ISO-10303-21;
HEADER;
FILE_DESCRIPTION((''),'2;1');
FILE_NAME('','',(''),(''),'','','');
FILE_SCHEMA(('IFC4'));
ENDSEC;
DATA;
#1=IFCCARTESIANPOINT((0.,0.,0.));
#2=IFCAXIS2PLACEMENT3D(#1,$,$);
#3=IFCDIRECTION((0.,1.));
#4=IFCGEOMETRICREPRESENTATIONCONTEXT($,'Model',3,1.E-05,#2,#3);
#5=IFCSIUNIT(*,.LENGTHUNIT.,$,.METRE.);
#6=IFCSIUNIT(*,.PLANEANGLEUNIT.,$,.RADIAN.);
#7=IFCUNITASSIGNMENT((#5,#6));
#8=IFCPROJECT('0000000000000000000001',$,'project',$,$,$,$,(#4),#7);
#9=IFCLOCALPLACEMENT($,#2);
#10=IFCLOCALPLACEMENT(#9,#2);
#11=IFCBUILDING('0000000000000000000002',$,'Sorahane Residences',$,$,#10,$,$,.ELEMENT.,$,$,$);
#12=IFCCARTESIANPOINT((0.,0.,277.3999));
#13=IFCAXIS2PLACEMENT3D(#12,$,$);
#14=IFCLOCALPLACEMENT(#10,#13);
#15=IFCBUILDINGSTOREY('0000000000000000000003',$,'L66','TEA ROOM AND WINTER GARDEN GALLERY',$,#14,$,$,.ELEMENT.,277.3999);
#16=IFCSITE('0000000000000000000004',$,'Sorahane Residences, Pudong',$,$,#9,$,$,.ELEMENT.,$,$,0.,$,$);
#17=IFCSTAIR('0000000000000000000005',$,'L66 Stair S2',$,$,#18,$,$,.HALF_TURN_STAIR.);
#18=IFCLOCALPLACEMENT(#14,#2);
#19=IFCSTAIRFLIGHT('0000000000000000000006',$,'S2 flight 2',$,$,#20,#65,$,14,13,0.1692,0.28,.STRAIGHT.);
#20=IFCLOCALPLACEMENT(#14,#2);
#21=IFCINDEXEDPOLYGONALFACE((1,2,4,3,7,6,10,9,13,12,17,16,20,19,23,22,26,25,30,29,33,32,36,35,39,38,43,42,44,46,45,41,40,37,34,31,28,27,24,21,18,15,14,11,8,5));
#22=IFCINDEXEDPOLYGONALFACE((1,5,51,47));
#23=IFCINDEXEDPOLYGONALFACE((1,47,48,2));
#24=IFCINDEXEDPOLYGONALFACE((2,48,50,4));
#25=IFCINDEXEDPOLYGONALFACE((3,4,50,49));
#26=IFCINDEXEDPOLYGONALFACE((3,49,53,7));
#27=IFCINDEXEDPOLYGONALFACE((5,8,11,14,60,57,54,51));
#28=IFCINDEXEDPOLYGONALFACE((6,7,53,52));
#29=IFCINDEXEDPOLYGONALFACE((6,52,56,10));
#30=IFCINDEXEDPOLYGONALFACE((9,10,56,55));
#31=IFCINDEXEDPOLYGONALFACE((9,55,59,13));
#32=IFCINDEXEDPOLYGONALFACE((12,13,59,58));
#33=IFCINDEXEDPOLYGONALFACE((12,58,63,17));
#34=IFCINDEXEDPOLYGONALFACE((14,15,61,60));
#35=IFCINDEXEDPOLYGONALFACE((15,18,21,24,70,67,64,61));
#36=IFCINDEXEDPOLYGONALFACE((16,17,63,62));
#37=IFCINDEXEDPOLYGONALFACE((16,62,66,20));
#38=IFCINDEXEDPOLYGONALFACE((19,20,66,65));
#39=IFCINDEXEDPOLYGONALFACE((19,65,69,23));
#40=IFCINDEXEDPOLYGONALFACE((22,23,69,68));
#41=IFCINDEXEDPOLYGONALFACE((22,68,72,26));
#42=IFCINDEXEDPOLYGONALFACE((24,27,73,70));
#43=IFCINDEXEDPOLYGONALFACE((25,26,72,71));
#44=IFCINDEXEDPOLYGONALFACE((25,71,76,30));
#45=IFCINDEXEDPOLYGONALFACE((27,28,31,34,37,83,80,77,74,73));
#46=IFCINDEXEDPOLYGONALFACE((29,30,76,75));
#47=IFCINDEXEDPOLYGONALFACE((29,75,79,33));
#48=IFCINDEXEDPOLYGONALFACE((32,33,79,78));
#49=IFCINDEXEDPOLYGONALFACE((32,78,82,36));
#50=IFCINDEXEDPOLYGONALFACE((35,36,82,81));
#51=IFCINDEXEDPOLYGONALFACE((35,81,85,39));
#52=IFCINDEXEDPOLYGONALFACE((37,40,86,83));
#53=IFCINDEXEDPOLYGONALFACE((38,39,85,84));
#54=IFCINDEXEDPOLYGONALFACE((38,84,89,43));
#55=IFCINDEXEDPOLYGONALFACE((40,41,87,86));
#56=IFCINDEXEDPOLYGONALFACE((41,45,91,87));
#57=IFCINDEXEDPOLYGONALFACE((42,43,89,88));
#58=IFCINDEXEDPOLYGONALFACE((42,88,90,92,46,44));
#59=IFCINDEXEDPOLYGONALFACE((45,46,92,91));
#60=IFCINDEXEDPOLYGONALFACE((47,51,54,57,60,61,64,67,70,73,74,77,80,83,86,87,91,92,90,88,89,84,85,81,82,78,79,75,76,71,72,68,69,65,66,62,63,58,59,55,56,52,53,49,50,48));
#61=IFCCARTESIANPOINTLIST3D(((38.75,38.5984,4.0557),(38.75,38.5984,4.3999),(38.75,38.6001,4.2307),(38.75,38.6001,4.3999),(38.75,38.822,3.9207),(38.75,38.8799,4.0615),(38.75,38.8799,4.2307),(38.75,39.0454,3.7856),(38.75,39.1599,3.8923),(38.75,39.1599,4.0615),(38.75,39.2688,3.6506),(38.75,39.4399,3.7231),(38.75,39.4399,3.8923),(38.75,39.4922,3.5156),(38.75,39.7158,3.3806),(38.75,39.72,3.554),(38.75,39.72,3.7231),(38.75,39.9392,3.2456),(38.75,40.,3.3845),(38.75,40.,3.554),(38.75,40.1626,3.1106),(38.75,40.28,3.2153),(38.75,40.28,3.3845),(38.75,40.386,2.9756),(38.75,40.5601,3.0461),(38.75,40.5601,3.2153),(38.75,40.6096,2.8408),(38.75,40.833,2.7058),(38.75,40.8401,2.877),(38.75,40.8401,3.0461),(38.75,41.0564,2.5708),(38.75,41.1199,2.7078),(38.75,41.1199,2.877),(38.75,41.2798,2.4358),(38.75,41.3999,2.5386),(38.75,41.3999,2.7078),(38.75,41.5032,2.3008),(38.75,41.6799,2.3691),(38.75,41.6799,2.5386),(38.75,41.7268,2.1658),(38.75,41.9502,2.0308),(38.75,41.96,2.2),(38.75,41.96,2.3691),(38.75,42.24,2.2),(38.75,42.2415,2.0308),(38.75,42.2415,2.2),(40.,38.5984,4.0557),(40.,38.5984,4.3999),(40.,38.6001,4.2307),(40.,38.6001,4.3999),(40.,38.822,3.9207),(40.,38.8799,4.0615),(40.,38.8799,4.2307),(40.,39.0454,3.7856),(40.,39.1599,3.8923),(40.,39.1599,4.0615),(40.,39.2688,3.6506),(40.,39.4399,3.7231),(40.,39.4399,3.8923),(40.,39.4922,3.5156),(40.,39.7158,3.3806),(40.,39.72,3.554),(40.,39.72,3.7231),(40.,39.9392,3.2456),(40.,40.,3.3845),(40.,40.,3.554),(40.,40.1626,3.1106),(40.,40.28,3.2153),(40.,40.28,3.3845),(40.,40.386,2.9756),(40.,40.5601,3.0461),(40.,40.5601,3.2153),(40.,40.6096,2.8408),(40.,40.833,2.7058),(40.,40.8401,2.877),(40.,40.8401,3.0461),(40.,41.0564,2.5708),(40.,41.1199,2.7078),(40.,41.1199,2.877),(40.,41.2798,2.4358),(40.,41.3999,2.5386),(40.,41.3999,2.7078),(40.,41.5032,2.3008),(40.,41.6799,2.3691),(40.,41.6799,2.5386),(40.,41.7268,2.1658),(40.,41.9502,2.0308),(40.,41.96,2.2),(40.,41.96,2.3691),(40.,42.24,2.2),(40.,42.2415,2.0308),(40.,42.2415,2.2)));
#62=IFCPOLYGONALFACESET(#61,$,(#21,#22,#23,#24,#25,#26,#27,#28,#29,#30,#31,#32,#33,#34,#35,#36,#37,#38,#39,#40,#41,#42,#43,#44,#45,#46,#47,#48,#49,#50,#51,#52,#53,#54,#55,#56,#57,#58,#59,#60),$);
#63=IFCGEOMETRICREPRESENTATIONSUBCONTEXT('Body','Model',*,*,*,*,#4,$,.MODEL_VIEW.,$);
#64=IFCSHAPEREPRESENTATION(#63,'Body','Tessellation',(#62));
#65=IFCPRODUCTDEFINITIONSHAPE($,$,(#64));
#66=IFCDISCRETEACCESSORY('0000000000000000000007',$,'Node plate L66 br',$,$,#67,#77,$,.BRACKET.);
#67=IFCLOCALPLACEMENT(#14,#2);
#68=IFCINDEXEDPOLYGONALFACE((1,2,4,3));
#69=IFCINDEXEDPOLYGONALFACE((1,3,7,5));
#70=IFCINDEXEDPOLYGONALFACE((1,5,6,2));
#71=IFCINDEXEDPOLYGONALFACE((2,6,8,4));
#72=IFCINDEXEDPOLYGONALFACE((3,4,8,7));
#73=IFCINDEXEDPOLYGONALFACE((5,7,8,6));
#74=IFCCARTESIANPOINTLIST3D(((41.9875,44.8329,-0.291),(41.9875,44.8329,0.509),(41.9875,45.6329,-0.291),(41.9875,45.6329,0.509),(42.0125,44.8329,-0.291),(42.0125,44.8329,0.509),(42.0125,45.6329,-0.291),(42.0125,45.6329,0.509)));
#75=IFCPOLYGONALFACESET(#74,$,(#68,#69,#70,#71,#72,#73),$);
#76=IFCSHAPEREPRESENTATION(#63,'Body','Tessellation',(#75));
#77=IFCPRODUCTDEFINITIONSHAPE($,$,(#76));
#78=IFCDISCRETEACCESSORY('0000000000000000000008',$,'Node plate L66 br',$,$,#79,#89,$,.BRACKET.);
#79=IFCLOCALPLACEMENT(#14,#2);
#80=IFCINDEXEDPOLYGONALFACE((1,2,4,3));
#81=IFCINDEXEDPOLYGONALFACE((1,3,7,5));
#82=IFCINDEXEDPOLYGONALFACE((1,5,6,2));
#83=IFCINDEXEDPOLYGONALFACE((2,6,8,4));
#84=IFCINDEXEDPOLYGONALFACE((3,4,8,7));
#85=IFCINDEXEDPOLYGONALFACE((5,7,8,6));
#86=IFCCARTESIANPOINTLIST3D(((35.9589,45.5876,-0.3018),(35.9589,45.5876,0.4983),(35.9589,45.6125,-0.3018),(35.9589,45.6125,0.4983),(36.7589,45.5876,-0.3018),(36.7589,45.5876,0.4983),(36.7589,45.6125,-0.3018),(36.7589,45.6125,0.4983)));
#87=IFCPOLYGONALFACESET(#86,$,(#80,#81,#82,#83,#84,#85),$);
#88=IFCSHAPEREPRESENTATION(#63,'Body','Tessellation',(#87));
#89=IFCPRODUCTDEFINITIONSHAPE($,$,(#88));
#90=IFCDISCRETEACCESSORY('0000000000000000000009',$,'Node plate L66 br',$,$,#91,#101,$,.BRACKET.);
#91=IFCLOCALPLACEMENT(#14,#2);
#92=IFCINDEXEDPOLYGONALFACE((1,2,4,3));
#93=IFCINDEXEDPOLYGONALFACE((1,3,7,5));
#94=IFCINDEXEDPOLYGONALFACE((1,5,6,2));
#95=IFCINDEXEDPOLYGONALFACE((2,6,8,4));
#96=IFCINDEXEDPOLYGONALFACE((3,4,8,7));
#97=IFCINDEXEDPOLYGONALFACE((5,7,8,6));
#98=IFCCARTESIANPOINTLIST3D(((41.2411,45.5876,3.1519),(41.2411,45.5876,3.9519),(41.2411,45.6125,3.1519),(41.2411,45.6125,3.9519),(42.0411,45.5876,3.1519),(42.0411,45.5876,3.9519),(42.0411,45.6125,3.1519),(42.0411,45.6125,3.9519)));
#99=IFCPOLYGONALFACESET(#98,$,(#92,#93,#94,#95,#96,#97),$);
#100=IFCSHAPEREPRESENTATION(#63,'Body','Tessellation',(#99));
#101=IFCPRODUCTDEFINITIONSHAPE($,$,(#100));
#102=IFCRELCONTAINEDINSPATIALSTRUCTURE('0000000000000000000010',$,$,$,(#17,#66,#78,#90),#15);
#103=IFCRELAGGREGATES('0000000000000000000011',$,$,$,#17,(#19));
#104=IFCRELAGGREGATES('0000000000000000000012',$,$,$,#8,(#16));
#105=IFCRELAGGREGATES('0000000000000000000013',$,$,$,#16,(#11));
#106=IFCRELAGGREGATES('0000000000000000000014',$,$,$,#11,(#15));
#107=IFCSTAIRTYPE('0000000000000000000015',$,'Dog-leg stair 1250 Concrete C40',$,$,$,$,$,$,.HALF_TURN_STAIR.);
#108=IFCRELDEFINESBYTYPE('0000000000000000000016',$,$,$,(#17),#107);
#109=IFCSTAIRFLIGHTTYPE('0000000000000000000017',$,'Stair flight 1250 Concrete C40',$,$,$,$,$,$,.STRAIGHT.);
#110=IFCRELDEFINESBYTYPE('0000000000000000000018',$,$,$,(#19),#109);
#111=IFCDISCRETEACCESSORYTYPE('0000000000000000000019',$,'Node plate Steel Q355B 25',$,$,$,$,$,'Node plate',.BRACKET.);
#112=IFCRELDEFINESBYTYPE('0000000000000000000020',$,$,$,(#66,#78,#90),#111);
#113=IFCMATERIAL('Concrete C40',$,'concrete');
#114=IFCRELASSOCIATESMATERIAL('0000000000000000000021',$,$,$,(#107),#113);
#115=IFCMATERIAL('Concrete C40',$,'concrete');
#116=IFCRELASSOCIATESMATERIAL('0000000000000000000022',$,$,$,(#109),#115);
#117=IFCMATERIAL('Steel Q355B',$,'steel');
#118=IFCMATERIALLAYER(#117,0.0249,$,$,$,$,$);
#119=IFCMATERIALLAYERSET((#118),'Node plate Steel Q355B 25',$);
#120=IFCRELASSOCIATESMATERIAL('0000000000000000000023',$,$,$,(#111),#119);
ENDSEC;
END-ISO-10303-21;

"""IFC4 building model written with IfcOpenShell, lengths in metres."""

from ifc_helpers import new_model, si_unit, direction, frame, origin, origin_2d, place, context, subcontext, project, spatial, polyline, rectangle, outline, extrude, material, layer, layer_set, type_object, element, aggregate, save


model = new_model("IFC4")

# Units and contexts
model_context = context("Model", 3, precision=1e-05, world=origin(), true_north=direction((0.0, 1.0)))
body_context = subcontext(model_context, "Body", "Model", "MODEL_VIEW")
ifc_project = project(units=[si_unit("LENGTHUNIT", "METRE"), si_unit("PLANEANGLEUNIT", "RADIAN")], contexts=[model_context])

# Site, building, storey
site_placement = place(None, origin())
site = spatial("IfcSite", under=ifc_project, at=site_placement, Name="Sorahane Residences, Pudong", CompositionType="ELEMENT", RefElevation=0.0)
building_placement = place(site_placement, origin())
building = spatial("IfcBuilding", under=site, at=building_placement, Name="Sorahane Residences", CompositionType="ELEMENT")
storey_placement = place(building_placement, frame((0.0, 0.0, 277.3999)))
storey = spatial("IfcBuildingStorey", under=building, at=storey_placement, Name="L66", Description="TEA ROOM AND WINTER GARDEN GALLERY", CompositionType="ELEMENT", Elevation=277.3999)

# Stair, stair flight
ifc_material_1 = material(Name="Concrete C40", Category="concrete")
stair_type = type_object("IfcStairType", Name="Dog-leg stair 1250 Concrete C40", PredefinedType="HALF_TURN_STAIR", material=ifc_material_1)
stair_placement = place(storey_placement, origin())
stair = element("IfcStair", 1, at=stair_placement, inside=storey, type_object=stair_type, Name="L66 Stair S2", PredefinedType="HALF_TURN_STAIR")
ifc_material_2 = material(Name="Concrete C40", Category="concrete")
stair_flight_type = type_object("IfcStairFlightType", Name="Stair flight 1250 Concrete C40", PredefinedType="STRAIGHT", material=ifc_material_2)
stair_flight_placement = place(storey_placement, frame((39.375, 42.24, 2.0308), z_axis=(0.0, 0.0, 1.0), x_axis=(0.0, -1.0, 0.0)))
stair_flight = element("IfcStairFlight", 2, at=stair_flight_placement, type_object=stair_flight_type, Name="S2 flight 2", NumberOfRisers=14, NumberOfTreads=13, PredefinedType="STRAIGHT", RiserHeight=0.1692, TreadLength=0.28, context=body_context, shape_type="SweptSolid", body=[
    extrude(outline(polyline([(-0.0015, 0.0), (-0.0015, 0.1692), (0.0, 0.1692), (0.28, 0.1692), (0.28, 0.3384), (0.5601, 0.3384), (0.5601, 0.5078), (0.8401, 0.5078), (0.8401, 0.677), (1.1201, 0.677), (1.1201, 0.8462), (1.3999, 0.8462), (1.3999, 1.0154), (1.6799, 1.0154), (1.6799, 1.1846), (1.96, 1.1846), (1.96, 1.3538), (2.24, 1.3538), (2.24, 1.5232), (2.52, 1.5232), (2.52, 1.6924), (2.8, 1.6924), (2.8, 1.8616), (3.0801, 1.8616), (3.0801, 2.0308), (3.3601, 2.0308), (3.3601, 2.2), (3.6399, 2.2), (3.6399, 2.3691), (3.6416, 2.3691), (3.6416, 2.0249), (3.418, 1.8899), (3.1946, 1.7549), (2.9712, 1.6199), (2.7478, 1.4849), (2.5242, 1.3499), (2.3008, 1.2148), (2.0774, 1.0798), (1.854, 0.9448), (1.6304, 0.8101), (1.407, 0.675), (1.1836, 0.54), (0.9602, 0.405), (0.7368, 0.27), (0.5132, 0.135), (0.2898, 0.0), (-0.0015, 0.0)])), frame((0.0, 0.625, 0.0), z_axis=(0.0, -1.0, 0.0), x_axis=(1.0, 0.0, 0.0)), (0.0, 0.0, 1.0), 1.25),
])
aggregate(stair, [stair_flight])

# Discrete accessories
ifc_material_3 = material(Name="Steel Q355B", Category="steel")
ifc_layer_1 = layer(ifc_material_3, 0.0249)
ifc_layer_set_1 = layer_set([ifc_layer_1], Name="Node plate Steel Q355B 25")
discrete_accessory_type = type_object("IfcDiscreteAccessoryType", Name="Node plate Steel Q355B 25", ElementType="Node plate", PredefinedType="BRACKET", material=ifc_layer_set_1)
for number, where, z_axis, x_axis, name in (
    (3, (42.0, 45.2329, -0.291), (0.0, 0.0, 1.0), (0.0, 1.0, 0.0), "Node plate L66 br"),
    (4, (36.3589, 45.6001, -0.3018), (0.0, 0.0, 1.0), (1.0, 0.0, 0.0), "Node plate L66 br"),
    (5, (41.6411, 45.6001, 3.1519), (0.0, 0.0, 1.0), (1.0, 0.0, 0.0), "Node plate L66 br"),
):
    element("IfcDiscreteAccessory", number, at=place(storey_placement, frame(where, z_axis=z_axis, x_axis=x_axis)), inside=storey, type_object=discrete_accessory_type, Name=name, PredefinedType="BRACKET", context=body_context, shape_type="SweptSolid", body=[
        extrude(rectangle(XDim=0.8, YDim=0.0249, at=origin_2d()), origin(), (0.0, 0.0, 1.0), 0.8),
    ])

save(model, "model.ifc")
